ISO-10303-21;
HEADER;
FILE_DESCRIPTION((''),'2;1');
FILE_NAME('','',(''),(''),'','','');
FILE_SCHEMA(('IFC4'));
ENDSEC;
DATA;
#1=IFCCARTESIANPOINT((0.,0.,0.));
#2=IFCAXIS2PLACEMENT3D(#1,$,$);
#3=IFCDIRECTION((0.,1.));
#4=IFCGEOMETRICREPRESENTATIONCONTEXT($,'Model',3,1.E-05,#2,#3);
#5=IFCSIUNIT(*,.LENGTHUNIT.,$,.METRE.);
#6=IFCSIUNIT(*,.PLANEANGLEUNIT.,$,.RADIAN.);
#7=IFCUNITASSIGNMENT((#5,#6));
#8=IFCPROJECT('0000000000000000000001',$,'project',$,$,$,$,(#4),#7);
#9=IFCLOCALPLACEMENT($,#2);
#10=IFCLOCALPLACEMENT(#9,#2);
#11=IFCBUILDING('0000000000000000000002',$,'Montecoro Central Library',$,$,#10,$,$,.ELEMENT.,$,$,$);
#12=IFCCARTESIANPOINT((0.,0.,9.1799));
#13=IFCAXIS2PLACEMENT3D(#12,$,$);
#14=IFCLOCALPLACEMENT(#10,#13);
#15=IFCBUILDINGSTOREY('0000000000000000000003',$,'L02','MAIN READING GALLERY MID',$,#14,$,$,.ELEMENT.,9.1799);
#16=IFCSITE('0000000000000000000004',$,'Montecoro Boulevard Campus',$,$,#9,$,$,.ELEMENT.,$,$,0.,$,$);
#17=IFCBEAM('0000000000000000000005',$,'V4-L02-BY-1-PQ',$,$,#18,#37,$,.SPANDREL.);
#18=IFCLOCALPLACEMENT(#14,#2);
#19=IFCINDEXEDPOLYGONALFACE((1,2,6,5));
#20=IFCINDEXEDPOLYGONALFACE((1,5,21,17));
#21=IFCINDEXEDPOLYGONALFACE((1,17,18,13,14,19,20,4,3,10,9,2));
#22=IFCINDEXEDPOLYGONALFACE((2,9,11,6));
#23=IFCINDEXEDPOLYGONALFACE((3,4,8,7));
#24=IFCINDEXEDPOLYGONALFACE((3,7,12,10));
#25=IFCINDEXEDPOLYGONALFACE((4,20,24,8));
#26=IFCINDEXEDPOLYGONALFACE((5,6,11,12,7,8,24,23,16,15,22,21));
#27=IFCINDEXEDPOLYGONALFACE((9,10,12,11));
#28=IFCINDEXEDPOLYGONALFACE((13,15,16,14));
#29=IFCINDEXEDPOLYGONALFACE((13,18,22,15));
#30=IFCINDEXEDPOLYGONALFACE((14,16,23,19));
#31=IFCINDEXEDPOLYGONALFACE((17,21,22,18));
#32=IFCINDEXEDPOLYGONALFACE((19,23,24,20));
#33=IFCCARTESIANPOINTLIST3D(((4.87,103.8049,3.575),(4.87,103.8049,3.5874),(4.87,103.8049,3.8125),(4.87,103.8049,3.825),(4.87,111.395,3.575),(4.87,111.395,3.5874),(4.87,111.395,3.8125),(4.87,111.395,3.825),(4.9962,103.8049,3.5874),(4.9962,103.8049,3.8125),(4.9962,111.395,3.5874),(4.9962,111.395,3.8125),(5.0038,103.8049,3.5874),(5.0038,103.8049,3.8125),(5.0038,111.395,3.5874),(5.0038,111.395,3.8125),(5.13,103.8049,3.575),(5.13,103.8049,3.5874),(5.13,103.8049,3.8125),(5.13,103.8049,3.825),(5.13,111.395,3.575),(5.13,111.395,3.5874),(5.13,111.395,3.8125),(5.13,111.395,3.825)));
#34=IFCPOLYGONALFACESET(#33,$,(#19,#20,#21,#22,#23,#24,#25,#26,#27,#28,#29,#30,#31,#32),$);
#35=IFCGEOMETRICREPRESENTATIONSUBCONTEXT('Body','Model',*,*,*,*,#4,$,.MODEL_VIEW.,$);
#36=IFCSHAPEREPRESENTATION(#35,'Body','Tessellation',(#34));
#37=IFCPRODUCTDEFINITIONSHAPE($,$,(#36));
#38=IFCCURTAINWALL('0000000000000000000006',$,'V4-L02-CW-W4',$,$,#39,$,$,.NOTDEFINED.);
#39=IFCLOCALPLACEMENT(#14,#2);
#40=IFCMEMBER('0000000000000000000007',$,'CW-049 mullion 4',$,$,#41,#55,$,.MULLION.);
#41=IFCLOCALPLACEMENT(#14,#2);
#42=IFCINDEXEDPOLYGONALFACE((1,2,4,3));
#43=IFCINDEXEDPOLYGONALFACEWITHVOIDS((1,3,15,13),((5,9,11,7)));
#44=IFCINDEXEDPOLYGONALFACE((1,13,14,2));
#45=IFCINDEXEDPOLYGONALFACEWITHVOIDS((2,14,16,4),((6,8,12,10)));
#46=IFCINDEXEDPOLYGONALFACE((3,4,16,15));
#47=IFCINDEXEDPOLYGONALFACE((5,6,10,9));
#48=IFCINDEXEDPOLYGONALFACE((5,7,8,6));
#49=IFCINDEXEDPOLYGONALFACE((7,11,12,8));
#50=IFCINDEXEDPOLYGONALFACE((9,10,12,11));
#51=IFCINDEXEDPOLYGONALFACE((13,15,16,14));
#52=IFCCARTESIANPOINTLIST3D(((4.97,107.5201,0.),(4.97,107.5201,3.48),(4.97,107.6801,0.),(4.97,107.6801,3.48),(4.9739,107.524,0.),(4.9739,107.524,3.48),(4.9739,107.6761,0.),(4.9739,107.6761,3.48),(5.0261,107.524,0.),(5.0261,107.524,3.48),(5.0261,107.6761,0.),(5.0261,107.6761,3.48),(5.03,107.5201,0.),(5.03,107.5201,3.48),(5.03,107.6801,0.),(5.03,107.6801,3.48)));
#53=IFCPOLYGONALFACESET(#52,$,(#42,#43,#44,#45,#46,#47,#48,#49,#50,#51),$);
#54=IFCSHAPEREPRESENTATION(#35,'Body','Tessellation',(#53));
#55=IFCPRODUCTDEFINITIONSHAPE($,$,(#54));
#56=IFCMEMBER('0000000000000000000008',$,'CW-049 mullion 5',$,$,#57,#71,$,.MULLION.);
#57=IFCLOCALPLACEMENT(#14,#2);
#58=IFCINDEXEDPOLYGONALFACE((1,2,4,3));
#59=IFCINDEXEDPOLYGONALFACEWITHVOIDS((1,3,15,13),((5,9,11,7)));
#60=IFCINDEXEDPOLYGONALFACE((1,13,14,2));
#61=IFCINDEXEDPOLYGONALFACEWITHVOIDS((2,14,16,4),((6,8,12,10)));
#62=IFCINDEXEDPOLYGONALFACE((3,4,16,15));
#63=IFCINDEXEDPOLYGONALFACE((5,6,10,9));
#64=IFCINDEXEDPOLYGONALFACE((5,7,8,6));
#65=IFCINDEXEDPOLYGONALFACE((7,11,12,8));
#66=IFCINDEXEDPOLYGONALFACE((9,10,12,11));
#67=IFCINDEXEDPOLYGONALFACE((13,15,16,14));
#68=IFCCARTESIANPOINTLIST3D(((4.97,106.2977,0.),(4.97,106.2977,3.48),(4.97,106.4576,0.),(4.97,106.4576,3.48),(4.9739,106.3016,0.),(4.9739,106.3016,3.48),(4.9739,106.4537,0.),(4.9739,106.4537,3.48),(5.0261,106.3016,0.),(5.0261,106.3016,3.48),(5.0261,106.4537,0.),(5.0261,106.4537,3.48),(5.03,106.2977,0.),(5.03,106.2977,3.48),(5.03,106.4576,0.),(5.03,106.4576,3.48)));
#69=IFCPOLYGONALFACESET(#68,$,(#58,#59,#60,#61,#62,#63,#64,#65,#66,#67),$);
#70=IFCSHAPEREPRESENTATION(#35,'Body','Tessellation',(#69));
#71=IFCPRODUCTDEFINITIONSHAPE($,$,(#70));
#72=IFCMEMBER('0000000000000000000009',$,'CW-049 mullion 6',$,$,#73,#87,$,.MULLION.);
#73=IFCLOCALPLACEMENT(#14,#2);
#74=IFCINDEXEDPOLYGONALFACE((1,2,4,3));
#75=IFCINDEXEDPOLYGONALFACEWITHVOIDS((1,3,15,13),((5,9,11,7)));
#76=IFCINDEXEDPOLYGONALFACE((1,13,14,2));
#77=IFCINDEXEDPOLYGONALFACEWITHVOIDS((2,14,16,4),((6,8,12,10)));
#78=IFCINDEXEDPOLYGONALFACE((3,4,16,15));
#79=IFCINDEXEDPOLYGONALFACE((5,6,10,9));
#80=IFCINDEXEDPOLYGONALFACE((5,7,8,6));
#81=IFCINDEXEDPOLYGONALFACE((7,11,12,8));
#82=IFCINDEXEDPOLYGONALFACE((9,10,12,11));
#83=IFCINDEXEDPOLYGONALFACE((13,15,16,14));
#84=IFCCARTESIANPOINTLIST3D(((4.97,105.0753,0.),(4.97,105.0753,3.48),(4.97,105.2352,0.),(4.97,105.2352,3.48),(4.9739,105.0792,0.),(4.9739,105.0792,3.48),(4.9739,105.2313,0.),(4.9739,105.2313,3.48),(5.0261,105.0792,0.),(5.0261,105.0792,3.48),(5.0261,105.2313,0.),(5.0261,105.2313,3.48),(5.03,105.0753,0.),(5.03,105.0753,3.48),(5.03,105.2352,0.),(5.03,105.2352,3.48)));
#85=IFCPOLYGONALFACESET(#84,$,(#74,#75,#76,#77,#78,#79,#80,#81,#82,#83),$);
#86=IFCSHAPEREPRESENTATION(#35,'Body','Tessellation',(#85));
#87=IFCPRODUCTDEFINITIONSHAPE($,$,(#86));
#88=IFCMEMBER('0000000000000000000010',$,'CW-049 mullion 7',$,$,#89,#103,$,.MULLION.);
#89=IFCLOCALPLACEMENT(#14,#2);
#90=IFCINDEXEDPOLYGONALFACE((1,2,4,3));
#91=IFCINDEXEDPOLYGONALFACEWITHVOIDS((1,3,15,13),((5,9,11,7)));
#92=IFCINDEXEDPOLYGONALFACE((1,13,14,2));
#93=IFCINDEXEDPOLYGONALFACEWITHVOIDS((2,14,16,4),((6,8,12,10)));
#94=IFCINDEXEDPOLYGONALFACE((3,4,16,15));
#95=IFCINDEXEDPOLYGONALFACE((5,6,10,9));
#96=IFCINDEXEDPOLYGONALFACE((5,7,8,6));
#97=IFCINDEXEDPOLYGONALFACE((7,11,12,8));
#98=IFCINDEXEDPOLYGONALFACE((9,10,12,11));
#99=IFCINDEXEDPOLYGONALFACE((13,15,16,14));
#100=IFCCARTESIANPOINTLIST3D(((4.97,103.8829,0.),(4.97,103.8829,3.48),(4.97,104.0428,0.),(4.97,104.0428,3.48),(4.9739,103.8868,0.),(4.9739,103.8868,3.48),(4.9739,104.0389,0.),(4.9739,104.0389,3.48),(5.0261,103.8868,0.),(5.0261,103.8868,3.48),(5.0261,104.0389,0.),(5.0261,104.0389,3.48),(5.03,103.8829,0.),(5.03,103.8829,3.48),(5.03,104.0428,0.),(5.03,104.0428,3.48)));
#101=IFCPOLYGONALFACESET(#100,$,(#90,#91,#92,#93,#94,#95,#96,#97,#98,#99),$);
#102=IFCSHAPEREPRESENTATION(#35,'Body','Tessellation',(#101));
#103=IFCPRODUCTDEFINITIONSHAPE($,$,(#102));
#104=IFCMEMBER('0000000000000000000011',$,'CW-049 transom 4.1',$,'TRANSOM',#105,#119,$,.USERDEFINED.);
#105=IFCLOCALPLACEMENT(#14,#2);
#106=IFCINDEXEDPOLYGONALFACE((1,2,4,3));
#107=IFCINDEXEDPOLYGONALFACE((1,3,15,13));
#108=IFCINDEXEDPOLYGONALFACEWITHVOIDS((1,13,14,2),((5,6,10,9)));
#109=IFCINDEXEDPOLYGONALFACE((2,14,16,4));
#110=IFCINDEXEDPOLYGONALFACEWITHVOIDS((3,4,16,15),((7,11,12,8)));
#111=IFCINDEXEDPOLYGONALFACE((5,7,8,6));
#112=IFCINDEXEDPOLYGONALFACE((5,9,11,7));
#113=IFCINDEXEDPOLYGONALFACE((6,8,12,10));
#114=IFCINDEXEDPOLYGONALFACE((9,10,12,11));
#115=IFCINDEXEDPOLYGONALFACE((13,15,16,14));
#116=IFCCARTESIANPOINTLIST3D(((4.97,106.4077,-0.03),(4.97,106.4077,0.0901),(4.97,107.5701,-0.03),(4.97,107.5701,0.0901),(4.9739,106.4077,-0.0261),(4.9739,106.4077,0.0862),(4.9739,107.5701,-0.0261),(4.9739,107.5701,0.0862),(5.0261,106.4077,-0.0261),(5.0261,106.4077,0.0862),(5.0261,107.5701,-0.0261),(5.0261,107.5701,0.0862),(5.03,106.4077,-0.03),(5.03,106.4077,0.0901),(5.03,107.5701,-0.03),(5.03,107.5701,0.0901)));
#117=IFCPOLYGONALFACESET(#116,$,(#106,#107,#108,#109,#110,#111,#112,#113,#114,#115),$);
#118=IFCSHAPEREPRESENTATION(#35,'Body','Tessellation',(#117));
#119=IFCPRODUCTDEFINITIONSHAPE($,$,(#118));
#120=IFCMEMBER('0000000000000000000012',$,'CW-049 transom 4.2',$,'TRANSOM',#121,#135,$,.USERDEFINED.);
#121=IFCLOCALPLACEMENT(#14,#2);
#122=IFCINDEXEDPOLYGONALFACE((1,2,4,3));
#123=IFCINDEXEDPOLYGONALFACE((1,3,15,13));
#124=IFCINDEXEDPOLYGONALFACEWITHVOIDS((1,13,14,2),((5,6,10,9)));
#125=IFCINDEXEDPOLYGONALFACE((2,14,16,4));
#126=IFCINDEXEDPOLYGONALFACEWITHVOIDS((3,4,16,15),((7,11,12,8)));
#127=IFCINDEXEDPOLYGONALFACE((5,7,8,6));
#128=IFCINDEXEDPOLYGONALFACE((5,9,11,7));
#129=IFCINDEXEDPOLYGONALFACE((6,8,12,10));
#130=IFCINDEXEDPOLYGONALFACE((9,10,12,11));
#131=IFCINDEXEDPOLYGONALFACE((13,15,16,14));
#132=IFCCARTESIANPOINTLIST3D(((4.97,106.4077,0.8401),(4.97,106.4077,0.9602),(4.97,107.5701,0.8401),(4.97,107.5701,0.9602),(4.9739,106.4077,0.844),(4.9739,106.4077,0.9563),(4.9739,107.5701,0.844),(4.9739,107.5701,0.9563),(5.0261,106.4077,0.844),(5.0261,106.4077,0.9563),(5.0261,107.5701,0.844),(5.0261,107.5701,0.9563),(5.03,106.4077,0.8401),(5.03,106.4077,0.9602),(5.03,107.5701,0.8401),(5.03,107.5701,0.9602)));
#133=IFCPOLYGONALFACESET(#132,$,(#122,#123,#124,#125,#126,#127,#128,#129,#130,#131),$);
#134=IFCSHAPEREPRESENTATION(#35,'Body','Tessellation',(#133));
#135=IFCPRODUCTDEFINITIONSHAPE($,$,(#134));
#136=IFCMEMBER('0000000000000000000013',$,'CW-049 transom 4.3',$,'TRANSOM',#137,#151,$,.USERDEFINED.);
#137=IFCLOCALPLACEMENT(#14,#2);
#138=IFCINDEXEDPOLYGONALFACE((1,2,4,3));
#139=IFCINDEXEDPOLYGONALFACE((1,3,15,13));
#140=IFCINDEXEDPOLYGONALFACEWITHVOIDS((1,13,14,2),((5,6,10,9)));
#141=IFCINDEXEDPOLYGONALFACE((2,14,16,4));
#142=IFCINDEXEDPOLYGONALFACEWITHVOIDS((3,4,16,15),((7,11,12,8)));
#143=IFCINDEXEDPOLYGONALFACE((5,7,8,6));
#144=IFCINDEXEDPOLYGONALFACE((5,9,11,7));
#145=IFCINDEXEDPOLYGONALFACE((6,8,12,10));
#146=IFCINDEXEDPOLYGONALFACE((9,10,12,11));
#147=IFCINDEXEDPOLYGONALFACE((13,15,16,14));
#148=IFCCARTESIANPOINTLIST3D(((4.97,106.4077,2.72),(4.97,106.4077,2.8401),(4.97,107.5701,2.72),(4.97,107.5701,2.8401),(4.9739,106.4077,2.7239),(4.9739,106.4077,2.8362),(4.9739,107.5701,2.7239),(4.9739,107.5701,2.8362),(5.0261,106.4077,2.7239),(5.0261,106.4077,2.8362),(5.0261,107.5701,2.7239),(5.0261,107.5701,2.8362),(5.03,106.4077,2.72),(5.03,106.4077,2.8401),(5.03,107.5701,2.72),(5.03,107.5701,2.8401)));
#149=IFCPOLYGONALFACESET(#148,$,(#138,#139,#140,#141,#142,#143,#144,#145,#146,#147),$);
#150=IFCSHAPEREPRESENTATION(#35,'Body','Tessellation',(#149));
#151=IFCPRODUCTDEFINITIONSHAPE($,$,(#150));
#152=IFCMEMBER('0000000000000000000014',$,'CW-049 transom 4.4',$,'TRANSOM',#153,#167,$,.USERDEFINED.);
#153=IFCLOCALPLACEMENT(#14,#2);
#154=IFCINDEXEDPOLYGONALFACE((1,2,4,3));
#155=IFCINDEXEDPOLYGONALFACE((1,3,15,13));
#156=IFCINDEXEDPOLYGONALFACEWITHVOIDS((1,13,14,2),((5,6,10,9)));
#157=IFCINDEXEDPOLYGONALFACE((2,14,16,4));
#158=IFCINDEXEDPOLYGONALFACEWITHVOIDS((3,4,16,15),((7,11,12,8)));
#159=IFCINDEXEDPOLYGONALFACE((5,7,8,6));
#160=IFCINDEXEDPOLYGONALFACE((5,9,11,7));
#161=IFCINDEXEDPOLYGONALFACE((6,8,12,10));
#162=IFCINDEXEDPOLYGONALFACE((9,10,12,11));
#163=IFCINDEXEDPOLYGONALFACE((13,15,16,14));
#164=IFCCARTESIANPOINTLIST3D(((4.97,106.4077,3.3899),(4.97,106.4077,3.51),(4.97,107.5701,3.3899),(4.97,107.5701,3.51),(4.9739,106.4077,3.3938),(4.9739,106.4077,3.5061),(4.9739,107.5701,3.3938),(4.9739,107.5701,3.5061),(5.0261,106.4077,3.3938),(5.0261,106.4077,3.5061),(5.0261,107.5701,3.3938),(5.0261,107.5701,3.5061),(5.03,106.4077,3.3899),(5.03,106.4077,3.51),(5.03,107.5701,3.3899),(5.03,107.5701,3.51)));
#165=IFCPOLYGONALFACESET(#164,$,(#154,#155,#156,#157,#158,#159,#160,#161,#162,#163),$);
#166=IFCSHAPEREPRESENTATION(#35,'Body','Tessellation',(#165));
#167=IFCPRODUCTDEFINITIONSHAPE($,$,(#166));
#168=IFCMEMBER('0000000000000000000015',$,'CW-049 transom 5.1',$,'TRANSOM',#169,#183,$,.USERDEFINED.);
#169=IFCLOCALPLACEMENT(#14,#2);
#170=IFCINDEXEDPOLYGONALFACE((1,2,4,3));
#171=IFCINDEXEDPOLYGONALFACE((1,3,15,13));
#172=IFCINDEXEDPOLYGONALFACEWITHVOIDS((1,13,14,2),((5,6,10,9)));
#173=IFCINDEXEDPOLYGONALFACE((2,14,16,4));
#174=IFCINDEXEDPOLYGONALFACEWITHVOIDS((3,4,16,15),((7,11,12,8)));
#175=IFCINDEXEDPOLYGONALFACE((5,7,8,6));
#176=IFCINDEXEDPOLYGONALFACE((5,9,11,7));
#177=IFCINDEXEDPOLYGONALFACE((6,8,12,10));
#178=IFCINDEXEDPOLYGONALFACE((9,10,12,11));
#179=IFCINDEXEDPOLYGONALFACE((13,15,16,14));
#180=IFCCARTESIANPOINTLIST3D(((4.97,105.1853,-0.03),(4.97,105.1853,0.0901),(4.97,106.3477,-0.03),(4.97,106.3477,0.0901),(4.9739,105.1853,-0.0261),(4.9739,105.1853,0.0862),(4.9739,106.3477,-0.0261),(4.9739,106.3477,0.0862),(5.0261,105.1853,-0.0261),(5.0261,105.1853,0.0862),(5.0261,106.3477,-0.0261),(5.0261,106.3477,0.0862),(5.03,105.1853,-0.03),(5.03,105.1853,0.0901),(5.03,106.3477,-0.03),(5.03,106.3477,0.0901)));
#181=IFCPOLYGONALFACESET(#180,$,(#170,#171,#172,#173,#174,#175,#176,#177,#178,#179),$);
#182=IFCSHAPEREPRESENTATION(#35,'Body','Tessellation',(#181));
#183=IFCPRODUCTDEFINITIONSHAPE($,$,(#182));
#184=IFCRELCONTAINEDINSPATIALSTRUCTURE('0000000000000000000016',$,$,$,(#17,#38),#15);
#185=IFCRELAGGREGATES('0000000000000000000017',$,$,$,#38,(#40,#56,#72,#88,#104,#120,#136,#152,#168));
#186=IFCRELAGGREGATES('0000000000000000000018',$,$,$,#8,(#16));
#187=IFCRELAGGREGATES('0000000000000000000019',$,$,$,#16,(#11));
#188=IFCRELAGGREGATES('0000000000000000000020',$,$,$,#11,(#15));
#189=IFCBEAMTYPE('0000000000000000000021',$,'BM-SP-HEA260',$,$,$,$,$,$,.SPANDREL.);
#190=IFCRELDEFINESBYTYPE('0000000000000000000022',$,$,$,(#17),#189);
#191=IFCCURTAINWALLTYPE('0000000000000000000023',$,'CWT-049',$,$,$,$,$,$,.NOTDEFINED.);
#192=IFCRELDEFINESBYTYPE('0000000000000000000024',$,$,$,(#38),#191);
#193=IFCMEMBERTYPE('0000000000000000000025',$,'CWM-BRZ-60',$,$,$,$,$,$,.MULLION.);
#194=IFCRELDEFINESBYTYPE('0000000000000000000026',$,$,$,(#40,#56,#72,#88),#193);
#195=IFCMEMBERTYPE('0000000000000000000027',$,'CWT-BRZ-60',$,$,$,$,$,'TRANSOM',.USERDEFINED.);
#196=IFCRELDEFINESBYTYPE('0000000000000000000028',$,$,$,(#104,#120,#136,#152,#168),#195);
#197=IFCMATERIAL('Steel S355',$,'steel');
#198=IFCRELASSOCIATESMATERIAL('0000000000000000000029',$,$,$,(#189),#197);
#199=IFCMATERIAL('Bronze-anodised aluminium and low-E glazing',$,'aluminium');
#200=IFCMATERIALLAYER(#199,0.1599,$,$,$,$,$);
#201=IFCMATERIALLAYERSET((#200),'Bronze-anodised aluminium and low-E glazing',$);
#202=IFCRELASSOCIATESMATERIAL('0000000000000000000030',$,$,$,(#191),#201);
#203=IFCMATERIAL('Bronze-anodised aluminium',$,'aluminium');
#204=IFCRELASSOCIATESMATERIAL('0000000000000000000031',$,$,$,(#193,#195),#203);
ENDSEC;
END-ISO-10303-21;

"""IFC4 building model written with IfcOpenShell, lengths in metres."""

from ifc_helpers import new_model, si_unit, direction, frame, origin, origin_2d, place, context, subcontext, project, spatial, hollow_rectangle, i_section, extrude, material, layer, layer_set, material_profile, profile_set, type_object, element, aggregate, save


model = new_model("IFC4")

# Units and contexts
model_context = context("Model", 3, precision=1e-05, world=origin(), true_north=direction((0.0, 1.0)))
body_context = subcontext(model_context, "Body", "Model", "MODEL_VIEW")
ifc_project = project(units=[si_unit("LENGTHUNIT", "METRE"), si_unit("PLANEANGLEUNIT", "RADIAN")], contexts=[model_context])

# Site, building, storey
site_placement = place(None, origin())
site = spatial("IfcSite", under=ifc_project, at=site_placement, Name="Montecoro Boulevard Campus", CompositionType="ELEMENT", RefElevation=0.0)
building_placement = place(site_placement, origin())
building = spatial("IfcBuilding", under=site, at=building_placement, Name="Montecoro Central Library", CompositionType="ELEMENT")
storey_placement = place(building_placement, frame((0.0, 0.0, 9.1799)))
storey = spatial("IfcBuildingStorey", under=building, at=storey_placement, Name="L02", Description="MAIN READING GALLERY MID", CompositionType="ELEMENT", Elevation=9.1799)

# Beam
ifc_material_1 = material(Name="Steel S355", Category="steel")
ifc_material_profile_1 = material_profile(ifc_material_1, i_section(OverallWidth=0.26, OverallDepth=0.25, WebThickness=0.0076, FlangeThickness=0.0125, at=origin_2d()), Name="HEA 260")
ifc_profile_set_1 = profile_set([ifc_material_profile_1], Name="Steel S355")
beam_type = type_object("IfcBeamType", Name="BM-SP-HEA260", PredefinedType="SPANDREL", material=ifc_profile_set_1)
beam_placement = place(storey_placement, frame((5.0, 103.8049, 3.7), z_axis=(0.0, 1.0, 0.0), x_axis=(-1.0, 0.0, 0.0)))
element("IfcBeam", 1, at=beam_placement, inside=storey, type_object=beam_type, Name="V4-L02-BY-1-PQ", PredefinedType="SPANDREL", context=body_context, shape_type="SweptSolid", body=[
    extrude(i_section(OverallWidth=0.26, OverallDepth=0.25, WebThickness=0.0076, FlangeThickness=0.0125, at=origin_2d()), origin(), (0.0, 0.0, 1.0), 7.5901),
])

# Curtain wall, members
ifc_material_2 = material(Name="Bronze-anodised aluminium and low-E glazing", Category="aluminium")
ifc_layer_1 = layer(ifc_material_2, 0.1599)
ifc_layer_set_1 = layer_set([ifc_layer_1], Name="Bronze-anodised aluminium and low-E glazing")
curtain_wall_type = type_object("IfcCurtainWallType", Name="CWT-049", PredefinedType="NOTDEFINED", material=ifc_layer_set_1)
curtain_wall_placement = place(storey_placement, origin())
curtain_wall = element("IfcCurtainWall", 2, at=curtain_wall_placement, inside=storey, type_object=curtain_wall_type, Name="V4-L02-CW-W4", PredefinedType="NOTDEFINED")
ifc_material_3 = material(Name="Bronze-anodised aluminium", Category="aluminium")
ifc_material_profile_2 = material_profile(ifc_material_3, hollow_rectangle(XDim=0.0601, YDim=0.1599, WallThickness=0.0039, at=origin_2d()), Name="CWM 160x60x4.0")
ifc_profile_set_2 = profile_set([ifc_material_profile_2], Name="Bronze-anodised aluminium")
member_type_1 = type_object("IfcMemberType", Name="CWM-BRZ-60", PredefinedType="MULLION", material=ifc_profile_set_2)
member_1_placement = place(storey_placement, frame((5.0, 107.6001, 0.0), z_axis=(0.0, 0.0, 1.0), x_axis=(1.0, 0.0, 0.0)))
member_1 = element("IfcMember", 3, at=member_1_placement, type_object=member_type_1, Name="CW-049 mullion 4", PredefinedType="MULLION", context=body_context, shape_type="SweptSolid", body=[
    extrude(hollow_rectangle(XDim=0.0601, YDim=0.1599, WallThickness=0.0039, at=origin_2d()), origin(), (0.0, 0.0, 1.0), 3.48),
])
member_2_placement = place(storey_placement, frame((5.0, 106.3777, 0.0), z_axis=(0.0, 0.0, 1.0), x_axis=(1.0, 0.0, 0.0)))
member_2 = element("IfcMember", 4, at=member_2_placement, type_object=member_type_1, Name="CW-049 mullion 5", PredefinedType="MULLION", context=body_context, shape_type="SweptSolid", body=[
    extrude(hollow_rectangle(XDim=0.0601, YDim=0.1599, WallThickness=0.0039, at=origin_2d()), origin(), (0.0, 0.0, 1.0), 3.48),
])
member_3_placement = place(storey_placement, frame((5.0, 105.1553, 0.0), z_axis=(0.0, 0.0, 1.0), x_axis=(1.0, 0.0, 0.0)))
member_3 = element("IfcMember", 5, at=member_3_placement, type_object=member_type_1, Name="CW-049 mullion 6", PredefinedType="MULLION", context=body_context, shape_type="SweptSolid", body=[
    extrude(hollow_rectangle(XDim=0.0601, YDim=0.1599, WallThickness=0.0039, at=origin_2d()), origin(), (0.0, 0.0, 1.0), 3.48),
])
member_4_placement = place(storey_placement, frame((5.0, 103.9629, 0.0), z_axis=(0.0, 0.0, 1.0), x_axis=(1.0, 0.0, 0.0)))
member_4 = element("IfcMember", 6, at=member_4_placement, type_object=member_type_1, Name="CW-049 mullion 7", PredefinedType="MULLION", context=body_context, shape_type="SweptSolid", body=[
    extrude(hollow_rectangle(XDim=0.0601, YDim=0.1599, WallThickness=0.0039, at=origin_2d()), origin(), (0.0, 0.0, 1.0), 3.48),
])
ifc_material_profile_3 = material_profile(ifc_material_3, hollow_rectangle(XDim=0.0601, YDim=0.1201, WallThickness=0.0039, at=origin_2d()), Name="CWT 120x60x4.0")
ifc_profile_set_3 = profile_set([ifc_material_profile_3], Name="Bronze-anodised aluminium")
member_type_2 = type_object("IfcMemberType", Name="CWT-BRZ-60", ElementType="TRANSOM", PredefinedType="USERDEFINED", material=ifc_profile_set_3)
member_5_placement = place(storey_placement, frame((5.0, 107.5701, 0.03), z_axis=(0.0, -1.0, 0.0), x_axis=(1.0, 0.0, 0.0)))
member_5 = element("IfcMember", 7, at=member_5_placement, type_object=member_type_2, Name="CW-049 transom 4.1", ObjectType="TRANSOM", PredefinedType="USERDEFINED", context=body_context, shape_type="SweptSolid", body=[
    extrude(hollow_rectangle(XDim=0.0601, YDim=0.1201, WallThickness=0.0039, at=origin_2d()), origin(), (0.0, 0.0, 1.0), 1.1624),
])
member_6_placement = place(storey_placement, frame((5.0, 107.5701, 0.9001), z_axis=(0.0, -1.0, 0.0), x_axis=(1.0, 0.0, 0.0)))
member_6 = element("IfcMember", 8, at=member_6_placement, type_object=member_type_2, Name="CW-049 transom 4.2", ObjectType="TRANSOM", PredefinedType="USERDEFINED", context=body_context, shape_type="SweptSolid", body=[
    extrude(hollow_rectangle(XDim=0.0601, YDim=0.1201, WallThickness=0.0039, at=origin_2d()), origin(), (0.0, 0.0, 1.0), 1.1624),
])
member_7_placement = place(storey_placement, frame((5.0, 107.5701, 2.78), z_axis=(0.0, -1.0, 0.0), x_axis=(1.0, 0.0, 0.0)))
member_7 = element("IfcMember", 9, at=member_7_placement, type_object=member_type_2, Name="CW-049 transom 4.3", ObjectType="TRANSOM", PredefinedType="USERDEFINED", context=body_context, shape_type="SweptSolid", body=[
    extrude(hollow_rectangle(XDim=0.0601, YDim=0.1201, WallThickness=0.0039, at=origin_2d()), origin(), (0.0, 0.0, 1.0), 1.1624),
])
member_8_placement = place(storey_placement, frame((5.0, 107.5701, 3.45), z_axis=(0.0, -1.0, 0.0), x_axis=(1.0, 0.0, 0.0)))
member_8 = element("IfcMember", 10, at=member_8_placement, type_object=member_type_2, Name="CW-049 transom 4.4", ObjectType="TRANSOM", PredefinedType="USERDEFINED", context=body_context, shape_type="SweptSolid", body=[
    extrude(hollow_rectangle(XDim=0.0601, YDim=0.1201, WallThickness=0.0039, at=origin_2d()), origin(), (0.0, 0.0, 1.0), 1.1624),
])
member_9_placement = place(storey_placement, frame((5.0, 106.3477, 0.03), z_axis=(0.0, -1.0, 0.0), x_axis=(1.0, 0.0, 0.0)))
member_9 = element("IfcMember", 11, at=member_9_placement, type_object=member_type_2, Name="CW-049 transom 5.1", ObjectType="TRANSOM", PredefinedType="USERDEFINED", context=body_context, shape_type="SweptSolid", body=[
    extrude(hollow_rectangle(XDim=0.0601, YDim=0.1201, WallThickness=0.0039, at=origin_2d()), origin(), (0.0, 0.0, 1.0), 1.1624),
])
aggregate(curtain_wall, [member_1, member_2, member_3, member_4, member_5, member_6, member_7, member_8, member_9])

save(model, "model.ifc")
